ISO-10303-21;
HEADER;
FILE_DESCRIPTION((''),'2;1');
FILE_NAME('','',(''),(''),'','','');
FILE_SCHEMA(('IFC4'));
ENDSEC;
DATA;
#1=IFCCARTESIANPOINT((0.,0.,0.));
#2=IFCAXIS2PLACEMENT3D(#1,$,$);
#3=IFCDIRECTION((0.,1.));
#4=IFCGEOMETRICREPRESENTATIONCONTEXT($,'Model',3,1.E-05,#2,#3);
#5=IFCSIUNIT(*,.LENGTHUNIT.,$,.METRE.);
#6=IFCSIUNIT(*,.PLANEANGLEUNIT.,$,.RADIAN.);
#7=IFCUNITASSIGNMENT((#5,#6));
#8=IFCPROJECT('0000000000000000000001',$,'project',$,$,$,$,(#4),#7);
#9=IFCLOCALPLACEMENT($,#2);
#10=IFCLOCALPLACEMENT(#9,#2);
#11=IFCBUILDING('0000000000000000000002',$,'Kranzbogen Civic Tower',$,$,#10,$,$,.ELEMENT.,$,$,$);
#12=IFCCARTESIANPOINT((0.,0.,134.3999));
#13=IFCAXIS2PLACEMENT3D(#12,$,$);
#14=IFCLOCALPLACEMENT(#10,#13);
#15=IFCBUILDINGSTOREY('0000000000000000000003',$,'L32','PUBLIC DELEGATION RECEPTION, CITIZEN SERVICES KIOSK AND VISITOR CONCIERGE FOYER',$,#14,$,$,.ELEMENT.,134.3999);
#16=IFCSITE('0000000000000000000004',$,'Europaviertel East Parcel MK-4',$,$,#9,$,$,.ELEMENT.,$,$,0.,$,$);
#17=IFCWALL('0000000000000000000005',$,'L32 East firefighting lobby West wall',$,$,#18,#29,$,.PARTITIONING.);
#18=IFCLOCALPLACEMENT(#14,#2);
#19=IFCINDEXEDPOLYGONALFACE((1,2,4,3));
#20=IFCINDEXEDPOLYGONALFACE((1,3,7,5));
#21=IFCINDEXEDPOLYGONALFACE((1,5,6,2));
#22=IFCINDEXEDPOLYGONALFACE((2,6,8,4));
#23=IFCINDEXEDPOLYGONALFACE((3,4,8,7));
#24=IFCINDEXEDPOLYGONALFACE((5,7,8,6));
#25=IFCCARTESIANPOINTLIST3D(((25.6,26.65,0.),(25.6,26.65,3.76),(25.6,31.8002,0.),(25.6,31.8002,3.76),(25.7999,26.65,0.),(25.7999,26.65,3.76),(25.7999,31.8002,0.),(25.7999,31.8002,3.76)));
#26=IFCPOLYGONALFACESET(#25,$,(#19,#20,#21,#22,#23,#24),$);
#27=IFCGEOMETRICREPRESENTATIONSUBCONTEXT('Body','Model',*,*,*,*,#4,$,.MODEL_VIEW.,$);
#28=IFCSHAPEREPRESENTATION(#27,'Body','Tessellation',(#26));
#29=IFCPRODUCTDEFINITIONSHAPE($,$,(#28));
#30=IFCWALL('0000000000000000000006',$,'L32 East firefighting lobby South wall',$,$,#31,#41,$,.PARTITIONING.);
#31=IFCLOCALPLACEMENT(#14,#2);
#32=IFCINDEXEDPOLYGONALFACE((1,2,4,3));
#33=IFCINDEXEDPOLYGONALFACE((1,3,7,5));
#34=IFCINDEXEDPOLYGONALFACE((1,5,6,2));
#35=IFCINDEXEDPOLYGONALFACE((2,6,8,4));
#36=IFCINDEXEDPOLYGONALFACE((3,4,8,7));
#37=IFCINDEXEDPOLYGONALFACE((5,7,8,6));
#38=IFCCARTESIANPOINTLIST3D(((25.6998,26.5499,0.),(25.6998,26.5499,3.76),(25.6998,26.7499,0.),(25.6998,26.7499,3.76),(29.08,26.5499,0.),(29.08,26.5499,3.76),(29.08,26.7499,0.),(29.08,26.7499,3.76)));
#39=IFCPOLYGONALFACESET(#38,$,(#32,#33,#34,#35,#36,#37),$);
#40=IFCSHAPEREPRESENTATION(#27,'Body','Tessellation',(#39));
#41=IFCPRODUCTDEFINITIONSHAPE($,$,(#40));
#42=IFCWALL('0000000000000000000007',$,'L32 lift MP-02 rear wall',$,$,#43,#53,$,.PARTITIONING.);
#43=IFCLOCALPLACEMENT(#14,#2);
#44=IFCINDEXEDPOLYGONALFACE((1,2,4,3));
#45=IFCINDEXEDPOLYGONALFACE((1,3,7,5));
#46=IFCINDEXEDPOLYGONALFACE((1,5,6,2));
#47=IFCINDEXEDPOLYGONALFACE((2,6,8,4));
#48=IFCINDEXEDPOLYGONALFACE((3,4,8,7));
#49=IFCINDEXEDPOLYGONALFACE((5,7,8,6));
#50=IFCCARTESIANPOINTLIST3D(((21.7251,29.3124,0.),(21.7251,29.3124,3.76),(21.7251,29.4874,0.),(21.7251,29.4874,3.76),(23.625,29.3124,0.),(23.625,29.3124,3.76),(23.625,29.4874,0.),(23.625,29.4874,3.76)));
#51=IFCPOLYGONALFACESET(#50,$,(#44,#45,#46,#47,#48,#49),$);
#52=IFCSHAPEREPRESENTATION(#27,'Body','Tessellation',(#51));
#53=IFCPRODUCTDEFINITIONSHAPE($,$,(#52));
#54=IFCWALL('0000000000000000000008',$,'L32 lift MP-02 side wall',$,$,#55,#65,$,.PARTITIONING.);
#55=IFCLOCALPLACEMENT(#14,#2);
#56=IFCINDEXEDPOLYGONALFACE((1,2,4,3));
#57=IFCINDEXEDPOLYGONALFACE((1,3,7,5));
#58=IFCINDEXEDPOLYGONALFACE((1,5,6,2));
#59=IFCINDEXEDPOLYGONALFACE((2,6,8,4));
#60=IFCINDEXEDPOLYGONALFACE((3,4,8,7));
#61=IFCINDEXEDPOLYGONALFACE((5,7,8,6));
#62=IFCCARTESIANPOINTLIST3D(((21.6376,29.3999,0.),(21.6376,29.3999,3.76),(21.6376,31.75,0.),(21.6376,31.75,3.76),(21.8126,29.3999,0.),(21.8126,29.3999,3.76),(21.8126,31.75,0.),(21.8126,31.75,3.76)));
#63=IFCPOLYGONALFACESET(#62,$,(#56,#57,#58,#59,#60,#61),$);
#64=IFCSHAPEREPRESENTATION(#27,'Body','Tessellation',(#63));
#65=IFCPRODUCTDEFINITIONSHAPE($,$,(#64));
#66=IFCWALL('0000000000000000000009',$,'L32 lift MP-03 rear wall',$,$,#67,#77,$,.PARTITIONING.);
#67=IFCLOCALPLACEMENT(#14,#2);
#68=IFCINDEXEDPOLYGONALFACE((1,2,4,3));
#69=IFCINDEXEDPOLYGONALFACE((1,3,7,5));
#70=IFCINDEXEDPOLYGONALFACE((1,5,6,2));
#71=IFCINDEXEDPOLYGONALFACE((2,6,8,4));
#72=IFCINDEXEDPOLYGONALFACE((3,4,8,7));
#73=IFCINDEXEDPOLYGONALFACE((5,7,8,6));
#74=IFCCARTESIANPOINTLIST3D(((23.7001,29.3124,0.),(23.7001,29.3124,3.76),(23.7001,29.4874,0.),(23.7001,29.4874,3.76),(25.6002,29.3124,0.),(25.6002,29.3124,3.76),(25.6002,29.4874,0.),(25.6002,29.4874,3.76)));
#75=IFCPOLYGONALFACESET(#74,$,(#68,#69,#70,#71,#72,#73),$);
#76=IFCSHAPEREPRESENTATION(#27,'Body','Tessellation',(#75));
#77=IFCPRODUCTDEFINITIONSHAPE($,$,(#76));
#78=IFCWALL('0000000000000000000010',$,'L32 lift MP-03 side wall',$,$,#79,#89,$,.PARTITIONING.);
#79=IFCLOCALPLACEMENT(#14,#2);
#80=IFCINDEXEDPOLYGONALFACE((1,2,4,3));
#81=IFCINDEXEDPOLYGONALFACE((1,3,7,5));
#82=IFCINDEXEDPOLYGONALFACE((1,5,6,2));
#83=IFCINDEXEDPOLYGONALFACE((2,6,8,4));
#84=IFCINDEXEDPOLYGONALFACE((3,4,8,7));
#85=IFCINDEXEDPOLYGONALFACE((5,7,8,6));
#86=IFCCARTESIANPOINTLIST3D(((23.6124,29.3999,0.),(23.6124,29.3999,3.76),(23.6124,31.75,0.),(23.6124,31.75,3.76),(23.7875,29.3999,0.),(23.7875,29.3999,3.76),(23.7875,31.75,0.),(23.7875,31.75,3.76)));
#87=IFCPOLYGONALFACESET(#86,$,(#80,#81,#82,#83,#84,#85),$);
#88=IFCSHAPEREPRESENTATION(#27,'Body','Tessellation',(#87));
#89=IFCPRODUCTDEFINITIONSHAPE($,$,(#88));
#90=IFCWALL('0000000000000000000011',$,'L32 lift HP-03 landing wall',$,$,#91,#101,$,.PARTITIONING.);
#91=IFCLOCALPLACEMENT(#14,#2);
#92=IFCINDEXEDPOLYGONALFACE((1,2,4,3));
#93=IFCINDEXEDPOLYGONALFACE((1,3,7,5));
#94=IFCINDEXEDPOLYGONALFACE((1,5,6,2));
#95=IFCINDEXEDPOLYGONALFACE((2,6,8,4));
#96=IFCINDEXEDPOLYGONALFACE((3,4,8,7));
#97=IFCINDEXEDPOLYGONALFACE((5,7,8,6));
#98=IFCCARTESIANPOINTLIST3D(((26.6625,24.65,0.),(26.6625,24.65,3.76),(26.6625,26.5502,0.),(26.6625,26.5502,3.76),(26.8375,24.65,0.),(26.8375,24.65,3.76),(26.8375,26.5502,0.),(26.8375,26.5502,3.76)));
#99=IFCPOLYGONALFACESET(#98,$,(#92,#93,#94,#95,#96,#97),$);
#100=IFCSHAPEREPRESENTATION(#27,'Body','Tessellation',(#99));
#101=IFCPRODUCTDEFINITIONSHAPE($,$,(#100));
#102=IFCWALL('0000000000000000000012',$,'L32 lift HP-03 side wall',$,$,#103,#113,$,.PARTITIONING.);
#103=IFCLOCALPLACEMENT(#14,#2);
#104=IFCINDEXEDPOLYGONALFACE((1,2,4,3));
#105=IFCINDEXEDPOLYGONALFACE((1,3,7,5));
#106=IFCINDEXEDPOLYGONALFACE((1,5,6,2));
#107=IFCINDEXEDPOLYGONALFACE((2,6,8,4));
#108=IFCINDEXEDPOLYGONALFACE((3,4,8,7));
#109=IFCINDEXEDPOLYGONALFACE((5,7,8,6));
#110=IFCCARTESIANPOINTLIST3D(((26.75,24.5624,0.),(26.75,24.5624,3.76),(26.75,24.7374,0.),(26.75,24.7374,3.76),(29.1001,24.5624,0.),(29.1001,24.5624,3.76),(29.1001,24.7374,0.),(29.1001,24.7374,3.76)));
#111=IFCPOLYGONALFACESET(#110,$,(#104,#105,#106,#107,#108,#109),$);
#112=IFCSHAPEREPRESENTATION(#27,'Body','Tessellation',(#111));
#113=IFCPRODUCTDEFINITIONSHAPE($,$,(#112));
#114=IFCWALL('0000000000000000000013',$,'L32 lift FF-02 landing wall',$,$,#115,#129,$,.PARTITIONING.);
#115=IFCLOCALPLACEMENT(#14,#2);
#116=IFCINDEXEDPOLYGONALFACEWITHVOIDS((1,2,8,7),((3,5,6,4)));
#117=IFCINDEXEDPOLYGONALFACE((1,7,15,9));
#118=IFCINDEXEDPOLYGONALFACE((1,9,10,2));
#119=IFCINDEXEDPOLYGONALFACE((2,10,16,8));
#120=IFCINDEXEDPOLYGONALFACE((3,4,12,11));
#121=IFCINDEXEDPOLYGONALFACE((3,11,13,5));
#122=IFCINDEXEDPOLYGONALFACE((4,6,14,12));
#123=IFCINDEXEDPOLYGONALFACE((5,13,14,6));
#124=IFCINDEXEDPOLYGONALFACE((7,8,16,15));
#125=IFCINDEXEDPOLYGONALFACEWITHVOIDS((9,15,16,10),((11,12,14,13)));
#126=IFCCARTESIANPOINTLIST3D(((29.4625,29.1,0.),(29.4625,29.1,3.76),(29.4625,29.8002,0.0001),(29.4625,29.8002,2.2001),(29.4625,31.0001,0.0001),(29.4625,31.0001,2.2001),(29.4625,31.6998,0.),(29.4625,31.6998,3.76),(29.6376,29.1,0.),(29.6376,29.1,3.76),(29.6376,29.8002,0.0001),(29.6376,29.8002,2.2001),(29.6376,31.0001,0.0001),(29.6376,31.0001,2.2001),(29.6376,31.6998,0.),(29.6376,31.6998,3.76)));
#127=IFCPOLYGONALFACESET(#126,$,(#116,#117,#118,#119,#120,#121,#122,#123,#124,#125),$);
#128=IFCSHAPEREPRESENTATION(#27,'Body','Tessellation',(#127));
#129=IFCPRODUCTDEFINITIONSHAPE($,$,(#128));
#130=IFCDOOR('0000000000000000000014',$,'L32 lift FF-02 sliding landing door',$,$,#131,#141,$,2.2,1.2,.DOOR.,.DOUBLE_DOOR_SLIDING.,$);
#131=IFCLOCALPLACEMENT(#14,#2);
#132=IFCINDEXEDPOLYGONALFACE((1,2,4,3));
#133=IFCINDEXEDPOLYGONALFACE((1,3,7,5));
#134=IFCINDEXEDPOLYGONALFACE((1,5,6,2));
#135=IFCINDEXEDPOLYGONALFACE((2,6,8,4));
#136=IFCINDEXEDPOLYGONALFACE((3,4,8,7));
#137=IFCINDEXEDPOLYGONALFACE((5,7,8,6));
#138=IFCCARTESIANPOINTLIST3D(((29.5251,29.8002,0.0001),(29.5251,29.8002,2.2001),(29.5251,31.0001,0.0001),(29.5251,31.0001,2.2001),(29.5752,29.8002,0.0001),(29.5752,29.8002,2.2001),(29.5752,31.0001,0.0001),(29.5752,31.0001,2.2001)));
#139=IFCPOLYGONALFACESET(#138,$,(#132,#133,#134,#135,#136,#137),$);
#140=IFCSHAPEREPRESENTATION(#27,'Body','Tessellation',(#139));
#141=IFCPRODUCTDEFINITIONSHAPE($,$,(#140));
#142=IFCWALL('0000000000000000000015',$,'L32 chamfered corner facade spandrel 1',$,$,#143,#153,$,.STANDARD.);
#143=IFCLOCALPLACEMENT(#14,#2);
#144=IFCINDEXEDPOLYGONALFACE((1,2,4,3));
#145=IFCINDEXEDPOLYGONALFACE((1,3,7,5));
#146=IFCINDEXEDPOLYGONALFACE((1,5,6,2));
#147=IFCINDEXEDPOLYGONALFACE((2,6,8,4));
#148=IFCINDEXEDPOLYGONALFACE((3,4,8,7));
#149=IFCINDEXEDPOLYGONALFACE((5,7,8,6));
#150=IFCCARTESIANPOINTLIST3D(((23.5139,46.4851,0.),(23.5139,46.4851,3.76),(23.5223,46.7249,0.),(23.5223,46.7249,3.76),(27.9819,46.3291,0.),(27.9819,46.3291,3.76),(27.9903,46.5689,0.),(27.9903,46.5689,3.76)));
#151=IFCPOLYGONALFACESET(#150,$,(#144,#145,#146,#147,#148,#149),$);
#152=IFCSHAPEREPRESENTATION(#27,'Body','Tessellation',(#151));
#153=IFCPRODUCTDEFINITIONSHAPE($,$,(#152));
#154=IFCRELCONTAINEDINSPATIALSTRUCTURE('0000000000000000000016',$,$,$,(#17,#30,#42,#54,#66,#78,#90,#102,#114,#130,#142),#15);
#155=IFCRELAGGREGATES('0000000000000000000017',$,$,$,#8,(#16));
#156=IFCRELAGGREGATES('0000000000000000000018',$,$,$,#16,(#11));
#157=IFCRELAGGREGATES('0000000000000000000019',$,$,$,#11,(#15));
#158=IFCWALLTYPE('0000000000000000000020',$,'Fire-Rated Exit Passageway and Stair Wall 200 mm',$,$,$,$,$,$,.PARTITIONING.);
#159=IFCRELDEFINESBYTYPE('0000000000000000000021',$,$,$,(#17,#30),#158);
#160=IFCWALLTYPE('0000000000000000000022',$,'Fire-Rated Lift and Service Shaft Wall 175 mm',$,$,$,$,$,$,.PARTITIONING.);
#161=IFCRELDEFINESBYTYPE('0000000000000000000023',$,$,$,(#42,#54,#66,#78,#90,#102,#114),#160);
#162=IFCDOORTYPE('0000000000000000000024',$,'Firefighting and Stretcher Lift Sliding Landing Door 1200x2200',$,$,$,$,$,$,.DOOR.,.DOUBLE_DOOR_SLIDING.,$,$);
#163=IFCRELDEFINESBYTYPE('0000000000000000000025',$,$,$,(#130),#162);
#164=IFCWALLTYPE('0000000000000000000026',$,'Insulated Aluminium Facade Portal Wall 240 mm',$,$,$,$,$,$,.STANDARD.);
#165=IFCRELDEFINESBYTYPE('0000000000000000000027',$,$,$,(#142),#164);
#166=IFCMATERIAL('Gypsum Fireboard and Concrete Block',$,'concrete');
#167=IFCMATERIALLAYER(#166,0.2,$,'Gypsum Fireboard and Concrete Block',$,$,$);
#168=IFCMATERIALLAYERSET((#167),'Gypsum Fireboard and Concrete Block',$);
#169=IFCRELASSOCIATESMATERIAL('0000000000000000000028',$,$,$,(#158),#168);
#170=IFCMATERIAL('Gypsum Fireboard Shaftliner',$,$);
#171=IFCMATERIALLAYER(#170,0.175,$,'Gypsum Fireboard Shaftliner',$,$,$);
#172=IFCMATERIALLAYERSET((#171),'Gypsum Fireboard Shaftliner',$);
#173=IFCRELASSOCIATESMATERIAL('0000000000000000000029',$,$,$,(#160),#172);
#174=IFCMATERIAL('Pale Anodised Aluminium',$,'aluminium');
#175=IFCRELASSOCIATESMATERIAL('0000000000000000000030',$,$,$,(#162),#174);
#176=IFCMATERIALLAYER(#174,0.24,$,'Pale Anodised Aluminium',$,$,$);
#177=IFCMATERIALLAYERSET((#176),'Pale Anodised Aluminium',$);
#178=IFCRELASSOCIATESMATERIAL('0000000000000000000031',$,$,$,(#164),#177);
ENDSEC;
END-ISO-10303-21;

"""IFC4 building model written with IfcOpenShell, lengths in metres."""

from ifc_helpers import new_model, si_unit, direction, frame, frame_2d, origin, place, context, subcontext, project, spatial, rectangle, extrude, material, layer, layer_set, type_object, element, fill, save


model = new_model("IFC4")

# Units and contexts
model_context = context("Model", 3, precision=1e-05, world=origin(), true_north=direction((0.0, 1.0)))
body_context = subcontext(model_context, "Body", "Model", "MODEL_VIEW")
ifc_project = project(units=[si_unit("LENGTHUNIT", "METRE"), si_unit("PLANEANGLEUNIT", "RADIAN")], contexts=[model_context])

# Site, building, storey
site_placement = place(None, origin())
site = spatial("IfcSite", under=ifc_project, at=site_placement, Name="Europaviertel East Parcel MK-4", CompositionType="ELEMENT", RefElevation=0.0)
building_placement = place(site_placement, origin())
building = spatial("IfcBuilding", under=site, at=building_placement, Name="Kranzbogen Civic Tower", CompositionType="ELEMENT")
storey_placement = place(building_placement, frame((0.0, 0.0, 134.3999)))
storey = spatial("IfcBuildingStorey", under=building, at=storey_placement, Name="L32", Description="PUBLIC DELEGATION RECEPTION, CITIZEN SERVICES KIOSK AND VISITOR CONCIERGE FOYER", CompositionType="ELEMENT", Elevation=134.3999)

# Shared definitions
ifc_material_1 = material(Name="Pale Anodised Aluminium", Category="aluminium")

# Walls
ifc_material_2 = material(Name="Gypsum Fireboard and Concrete Block", Category="concrete")
ifc_layer_1 = layer(ifc_material_2, 0.2, Name="Gypsum Fireboard and Concrete Block")
ifc_layer_set_1 = layer_set([ifc_layer_1], Name="Gypsum Fireboard and Concrete Block")
wall_type_1 = type_object("IfcWallType", Name="Fire-Rated Exit Passageway and Stair Wall 200 mm", PredefinedType="PARTITIONING", material=ifc_layer_set_1)
wall_1_placement = place(storey_placement, frame((25.7, 26.6499, 0.0), z_axis=(0.0, 0.0, 1.0), x_axis=(0.0, 1.0, 0.0)))
element("IfcWall", 1, at=wall_1_placement, inside=storey, type_object=wall_type_1, Name="L32 East firefighting lobby West wall", PredefinedType="PARTITIONING", context=body_context, shape_type="SweptSolid", body=[
    extrude(rectangle(XDim=5.1501, YDim=0.2, at=frame_2d((2.5752, 0.0))), origin(), (0.0, 0.0, 1.0), 3.76),
])
wall_2_placement = place(storey_placement, frame((25.7, 26.6499, 0.0), z_axis=(0.0, 0.0, 1.0), x_axis=(1.0, 0.0, 0.0)))
element("IfcWall", 2, at=wall_2_placement, inside=storey, type_object=wall_type_1, Name="L32 East firefighting lobby South wall", PredefinedType="PARTITIONING", context=body_context, shape_type="SweptSolid", body=[
    extrude(rectangle(XDim=3.3801, YDim=0.2, at=frame_2d((1.6899, 0.0))), origin(), (0.0, 0.0, 1.0), 3.76),
])
ifc_material_3 = material(Name="Gypsum Fireboard Shaftliner")
ifc_layer_2 = layer(ifc_material_3, 0.175, Name="Gypsum Fireboard Shaftliner")
ifc_layer_set_2 = layer_set([ifc_layer_2], Name="Gypsum Fireboard Shaftliner")
wall_type_2 = type_object("IfcWallType", Name="Fire-Rated Lift and Service Shaft Wall 175 mm", PredefinedType="PARTITIONING", material=ifc_layer_set_2)
wall_3_placement = place(storey_placement, frame((21.7251, 29.3999, 0.0), z_axis=(0.0, 0.0, 1.0), x_axis=(1.0, 0.0, 0.0)))
element("IfcWall", 3, at=wall_3_placement, inside=storey, type_object=wall_type_2, Name="L32 lift MP-02 rear wall", PredefinedType="PARTITIONING", context=body_context, shape_type="SweptSolid", body=[
    extrude(rectangle(XDim=1.8999, YDim=0.175, at=frame_2d((0.95, 0.0))), origin(), (0.0, 0.0, 1.0), 3.76),
])
wall_4_placement = place(storey_placement, frame((21.7251, 29.3999, 0.0), z_axis=(0.0, 0.0, 1.0), x_axis=(0.0, 1.0, 0.0)))
element("IfcWall", 4, at=wall_4_placement, inside=storey, type_object=wall_type_2, Name="L32 lift MP-02 side wall", PredefinedType="PARTITIONING", context=body_context, shape_type="SweptSolid", body=[
    extrude(rectangle(XDim=2.3501, YDim=0.175, at=frame_2d((1.175, 0.0))), origin(), (0.0, 0.0, 1.0), 3.76),
])
wall_5_placement = place(storey_placement, frame((23.7, 29.3999, 0.0), z_axis=(0.0, 0.0, 1.0), x_axis=(1.0, 0.0, 0.0)))
element("IfcWall", 5, at=wall_5_placement, inside=storey, type_object=wall_type_2, Name="L32 lift MP-03 rear wall", PredefinedType="PARTITIONING", context=body_context, shape_type="SweptSolid", body=[
    extrude(rectangle(XDim=1.9001, YDim=0.175, at=frame_2d((0.9502, 0.0))), origin(), (0.0, 0.0, 1.0), 3.76),
])
wall_6_placement = place(storey_placement, frame((23.7, 29.3999, 0.0), z_axis=(0.0, 0.0, 1.0), x_axis=(0.0, 1.0, 0.0)))
element("IfcWall", 6, at=wall_6_placement, inside=storey, type_object=wall_type_2, Name="L32 lift MP-03 side wall", PredefinedType="PARTITIONING", context=body_context, shape_type="SweptSolid", body=[
    extrude(rectangle(XDim=2.3501, YDim=0.175, at=frame_2d((1.175, 0.0))), origin(), (0.0, 0.0, 1.0), 3.76),
])
wall_7_placement = place(storey_placement, frame((26.75, 24.6499, 0.0), z_axis=(0.0, 0.0, 1.0), x_axis=(0.0, 1.0, 0.0)))
element("IfcWall", 7, at=wall_7_placement, inside=storey, type_object=wall_type_2, Name="L32 lift HP-03 landing wall", PredefinedType="PARTITIONING", context=body_context, shape_type="SweptSolid", body=[
    extrude(rectangle(XDim=1.9001, YDim=0.175, at=frame_2d((0.9502, 0.0))), origin(), (0.0, 0.0, 1.0), 3.76),
])
wall_8_placement = place(storey_placement, frame((26.75, 24.6499, 0.0), z_axis=(0.0, 0.0, 1.0), x_axis=(1.0, 0.0, 0.0)))
element("IfcWall", 8, at=wall_8_placement, inside=storey, type_object=wall_type_2, Name="L32 lift HP-03 side wall", PredefinedType="PARTITIONING", context=body_context, shape_type="SweptSolid", body=[
    extrude(rectangle(XDim=2.3501, YDim=0.175, at=frame_2d((1.175, 0.0))), origin(), (0.0, 0.0, 1.0), 3.76),
])

# Wall, opening, door
wall_9_placement = place(storey_placement, frame((29.55, 29.1001, 0.0), z_axis=(0.0, 0.0, 1.0), x_axis=(0.0, 1.0, 0.0)))
wall_9 = element("IfcWall", 9, at=wall_9_placement, inside=storey, type_object=wall_type_2, Name="L32 lift FF-02 landing wall", PredefinedType="PARTITIONING", context=body_context, shape_type="SweptSolid", body=[
    extrude(rectangle(XDim=2.5999, YDim=0.175, at=frame_2d((1.2998, 0.0))), origin(), (0.0, 0.0, 1.0), 3.76),
])
opening_1_placement = place(wall_9_placement, frame((0.7, 0.0, 0.0)))
opening_1 = element("IfcOpeningElement", 10, at=opening_1_placement, cuts=wall_9, PredefinedType="OPENING", context=body_context, shape_type="SweptSolid", body=[
    extrude(rectangle(XDim=1.2, YDim=2.2, at=frame_2d((0.6001, 1.1001))), frame((0.0, 0.0977, 0.0), z_axis=(0.0, -1.0, 0.0), x_axis=(1.0, 0.0, 0.0)), (0.0, 0.0, 1.0), 0.1951),
])
door_type_1 = type_object("IfcDoorType", Name="Firefighting and Stretcher Lift Sliding Landing Door 1200x2200", OperationType="DOUBLE_DOOR_SLIDING", PredefinedType="DOOR", material=ifc_material_1)
door_1_placement = place(opening_1_placement, origin())
door_1 = element("IfcDoor", 11, at=door_1_placement, inside=storey, type_object=door_type_1, Name="L32 lift FF-02 sliding landing door", OperationType="DOUBLE_DOOR_SLIDING", OverallHeight=2.2, OverallWidth=1.2, PredefinedType="DOOR", context=body_context, shape_type="SweptSolid", body=[
    extrude(rectangle(XDim=1.2, YDim=2.2, at=frame_2d((0.6001, 1.1001))), frame((0.0, 0.0249, 0.0), z_axis=(0.0, -1.0, 0.0), x_axis=(1.0, 0.0, 0.0)), (0.0, 0.0, 1.0), 0.05),
])
fill(opening_1, door_1)

# Wall
ifc_layer_3 = layer(ifc_material_1, 0.24, Name="Pale Anodised Aluminium")
ifc_layer_set_3 = layer_set([ifc_layer_3], Name="Pale Anodised Aluminium")
wall_type_3 = type_object("IfcWallType", Name="Insulated Aluminium Facade Portal Wall 240 mm", PredefinedType="STANDARD", material=ifc_layer_set_3)
wall_10_placement = place(storey_placement, frame((27.9861, 46.449, 0.0), z_axis=(0.0, 0.0, 1.0), x_axis=(-0.999391, 0.034895, 0.0)))
element("IfcWall", 12, at=wall_10_placement, inside=storey, type_object=wall_type_3, Name="L32 chamfered corner facade spandrel 1", PredefinedType="STANDARD", context=body_context, shape_type="SweptSolid", body=[
    extrude(rectangle(XDim=4.4707, YDim=0.24, at=frame_2d((2.2354, 0.0))), origin(), (0.0, 0.0, 1.0), 3.76),
])

save(model, "model.ifc")
